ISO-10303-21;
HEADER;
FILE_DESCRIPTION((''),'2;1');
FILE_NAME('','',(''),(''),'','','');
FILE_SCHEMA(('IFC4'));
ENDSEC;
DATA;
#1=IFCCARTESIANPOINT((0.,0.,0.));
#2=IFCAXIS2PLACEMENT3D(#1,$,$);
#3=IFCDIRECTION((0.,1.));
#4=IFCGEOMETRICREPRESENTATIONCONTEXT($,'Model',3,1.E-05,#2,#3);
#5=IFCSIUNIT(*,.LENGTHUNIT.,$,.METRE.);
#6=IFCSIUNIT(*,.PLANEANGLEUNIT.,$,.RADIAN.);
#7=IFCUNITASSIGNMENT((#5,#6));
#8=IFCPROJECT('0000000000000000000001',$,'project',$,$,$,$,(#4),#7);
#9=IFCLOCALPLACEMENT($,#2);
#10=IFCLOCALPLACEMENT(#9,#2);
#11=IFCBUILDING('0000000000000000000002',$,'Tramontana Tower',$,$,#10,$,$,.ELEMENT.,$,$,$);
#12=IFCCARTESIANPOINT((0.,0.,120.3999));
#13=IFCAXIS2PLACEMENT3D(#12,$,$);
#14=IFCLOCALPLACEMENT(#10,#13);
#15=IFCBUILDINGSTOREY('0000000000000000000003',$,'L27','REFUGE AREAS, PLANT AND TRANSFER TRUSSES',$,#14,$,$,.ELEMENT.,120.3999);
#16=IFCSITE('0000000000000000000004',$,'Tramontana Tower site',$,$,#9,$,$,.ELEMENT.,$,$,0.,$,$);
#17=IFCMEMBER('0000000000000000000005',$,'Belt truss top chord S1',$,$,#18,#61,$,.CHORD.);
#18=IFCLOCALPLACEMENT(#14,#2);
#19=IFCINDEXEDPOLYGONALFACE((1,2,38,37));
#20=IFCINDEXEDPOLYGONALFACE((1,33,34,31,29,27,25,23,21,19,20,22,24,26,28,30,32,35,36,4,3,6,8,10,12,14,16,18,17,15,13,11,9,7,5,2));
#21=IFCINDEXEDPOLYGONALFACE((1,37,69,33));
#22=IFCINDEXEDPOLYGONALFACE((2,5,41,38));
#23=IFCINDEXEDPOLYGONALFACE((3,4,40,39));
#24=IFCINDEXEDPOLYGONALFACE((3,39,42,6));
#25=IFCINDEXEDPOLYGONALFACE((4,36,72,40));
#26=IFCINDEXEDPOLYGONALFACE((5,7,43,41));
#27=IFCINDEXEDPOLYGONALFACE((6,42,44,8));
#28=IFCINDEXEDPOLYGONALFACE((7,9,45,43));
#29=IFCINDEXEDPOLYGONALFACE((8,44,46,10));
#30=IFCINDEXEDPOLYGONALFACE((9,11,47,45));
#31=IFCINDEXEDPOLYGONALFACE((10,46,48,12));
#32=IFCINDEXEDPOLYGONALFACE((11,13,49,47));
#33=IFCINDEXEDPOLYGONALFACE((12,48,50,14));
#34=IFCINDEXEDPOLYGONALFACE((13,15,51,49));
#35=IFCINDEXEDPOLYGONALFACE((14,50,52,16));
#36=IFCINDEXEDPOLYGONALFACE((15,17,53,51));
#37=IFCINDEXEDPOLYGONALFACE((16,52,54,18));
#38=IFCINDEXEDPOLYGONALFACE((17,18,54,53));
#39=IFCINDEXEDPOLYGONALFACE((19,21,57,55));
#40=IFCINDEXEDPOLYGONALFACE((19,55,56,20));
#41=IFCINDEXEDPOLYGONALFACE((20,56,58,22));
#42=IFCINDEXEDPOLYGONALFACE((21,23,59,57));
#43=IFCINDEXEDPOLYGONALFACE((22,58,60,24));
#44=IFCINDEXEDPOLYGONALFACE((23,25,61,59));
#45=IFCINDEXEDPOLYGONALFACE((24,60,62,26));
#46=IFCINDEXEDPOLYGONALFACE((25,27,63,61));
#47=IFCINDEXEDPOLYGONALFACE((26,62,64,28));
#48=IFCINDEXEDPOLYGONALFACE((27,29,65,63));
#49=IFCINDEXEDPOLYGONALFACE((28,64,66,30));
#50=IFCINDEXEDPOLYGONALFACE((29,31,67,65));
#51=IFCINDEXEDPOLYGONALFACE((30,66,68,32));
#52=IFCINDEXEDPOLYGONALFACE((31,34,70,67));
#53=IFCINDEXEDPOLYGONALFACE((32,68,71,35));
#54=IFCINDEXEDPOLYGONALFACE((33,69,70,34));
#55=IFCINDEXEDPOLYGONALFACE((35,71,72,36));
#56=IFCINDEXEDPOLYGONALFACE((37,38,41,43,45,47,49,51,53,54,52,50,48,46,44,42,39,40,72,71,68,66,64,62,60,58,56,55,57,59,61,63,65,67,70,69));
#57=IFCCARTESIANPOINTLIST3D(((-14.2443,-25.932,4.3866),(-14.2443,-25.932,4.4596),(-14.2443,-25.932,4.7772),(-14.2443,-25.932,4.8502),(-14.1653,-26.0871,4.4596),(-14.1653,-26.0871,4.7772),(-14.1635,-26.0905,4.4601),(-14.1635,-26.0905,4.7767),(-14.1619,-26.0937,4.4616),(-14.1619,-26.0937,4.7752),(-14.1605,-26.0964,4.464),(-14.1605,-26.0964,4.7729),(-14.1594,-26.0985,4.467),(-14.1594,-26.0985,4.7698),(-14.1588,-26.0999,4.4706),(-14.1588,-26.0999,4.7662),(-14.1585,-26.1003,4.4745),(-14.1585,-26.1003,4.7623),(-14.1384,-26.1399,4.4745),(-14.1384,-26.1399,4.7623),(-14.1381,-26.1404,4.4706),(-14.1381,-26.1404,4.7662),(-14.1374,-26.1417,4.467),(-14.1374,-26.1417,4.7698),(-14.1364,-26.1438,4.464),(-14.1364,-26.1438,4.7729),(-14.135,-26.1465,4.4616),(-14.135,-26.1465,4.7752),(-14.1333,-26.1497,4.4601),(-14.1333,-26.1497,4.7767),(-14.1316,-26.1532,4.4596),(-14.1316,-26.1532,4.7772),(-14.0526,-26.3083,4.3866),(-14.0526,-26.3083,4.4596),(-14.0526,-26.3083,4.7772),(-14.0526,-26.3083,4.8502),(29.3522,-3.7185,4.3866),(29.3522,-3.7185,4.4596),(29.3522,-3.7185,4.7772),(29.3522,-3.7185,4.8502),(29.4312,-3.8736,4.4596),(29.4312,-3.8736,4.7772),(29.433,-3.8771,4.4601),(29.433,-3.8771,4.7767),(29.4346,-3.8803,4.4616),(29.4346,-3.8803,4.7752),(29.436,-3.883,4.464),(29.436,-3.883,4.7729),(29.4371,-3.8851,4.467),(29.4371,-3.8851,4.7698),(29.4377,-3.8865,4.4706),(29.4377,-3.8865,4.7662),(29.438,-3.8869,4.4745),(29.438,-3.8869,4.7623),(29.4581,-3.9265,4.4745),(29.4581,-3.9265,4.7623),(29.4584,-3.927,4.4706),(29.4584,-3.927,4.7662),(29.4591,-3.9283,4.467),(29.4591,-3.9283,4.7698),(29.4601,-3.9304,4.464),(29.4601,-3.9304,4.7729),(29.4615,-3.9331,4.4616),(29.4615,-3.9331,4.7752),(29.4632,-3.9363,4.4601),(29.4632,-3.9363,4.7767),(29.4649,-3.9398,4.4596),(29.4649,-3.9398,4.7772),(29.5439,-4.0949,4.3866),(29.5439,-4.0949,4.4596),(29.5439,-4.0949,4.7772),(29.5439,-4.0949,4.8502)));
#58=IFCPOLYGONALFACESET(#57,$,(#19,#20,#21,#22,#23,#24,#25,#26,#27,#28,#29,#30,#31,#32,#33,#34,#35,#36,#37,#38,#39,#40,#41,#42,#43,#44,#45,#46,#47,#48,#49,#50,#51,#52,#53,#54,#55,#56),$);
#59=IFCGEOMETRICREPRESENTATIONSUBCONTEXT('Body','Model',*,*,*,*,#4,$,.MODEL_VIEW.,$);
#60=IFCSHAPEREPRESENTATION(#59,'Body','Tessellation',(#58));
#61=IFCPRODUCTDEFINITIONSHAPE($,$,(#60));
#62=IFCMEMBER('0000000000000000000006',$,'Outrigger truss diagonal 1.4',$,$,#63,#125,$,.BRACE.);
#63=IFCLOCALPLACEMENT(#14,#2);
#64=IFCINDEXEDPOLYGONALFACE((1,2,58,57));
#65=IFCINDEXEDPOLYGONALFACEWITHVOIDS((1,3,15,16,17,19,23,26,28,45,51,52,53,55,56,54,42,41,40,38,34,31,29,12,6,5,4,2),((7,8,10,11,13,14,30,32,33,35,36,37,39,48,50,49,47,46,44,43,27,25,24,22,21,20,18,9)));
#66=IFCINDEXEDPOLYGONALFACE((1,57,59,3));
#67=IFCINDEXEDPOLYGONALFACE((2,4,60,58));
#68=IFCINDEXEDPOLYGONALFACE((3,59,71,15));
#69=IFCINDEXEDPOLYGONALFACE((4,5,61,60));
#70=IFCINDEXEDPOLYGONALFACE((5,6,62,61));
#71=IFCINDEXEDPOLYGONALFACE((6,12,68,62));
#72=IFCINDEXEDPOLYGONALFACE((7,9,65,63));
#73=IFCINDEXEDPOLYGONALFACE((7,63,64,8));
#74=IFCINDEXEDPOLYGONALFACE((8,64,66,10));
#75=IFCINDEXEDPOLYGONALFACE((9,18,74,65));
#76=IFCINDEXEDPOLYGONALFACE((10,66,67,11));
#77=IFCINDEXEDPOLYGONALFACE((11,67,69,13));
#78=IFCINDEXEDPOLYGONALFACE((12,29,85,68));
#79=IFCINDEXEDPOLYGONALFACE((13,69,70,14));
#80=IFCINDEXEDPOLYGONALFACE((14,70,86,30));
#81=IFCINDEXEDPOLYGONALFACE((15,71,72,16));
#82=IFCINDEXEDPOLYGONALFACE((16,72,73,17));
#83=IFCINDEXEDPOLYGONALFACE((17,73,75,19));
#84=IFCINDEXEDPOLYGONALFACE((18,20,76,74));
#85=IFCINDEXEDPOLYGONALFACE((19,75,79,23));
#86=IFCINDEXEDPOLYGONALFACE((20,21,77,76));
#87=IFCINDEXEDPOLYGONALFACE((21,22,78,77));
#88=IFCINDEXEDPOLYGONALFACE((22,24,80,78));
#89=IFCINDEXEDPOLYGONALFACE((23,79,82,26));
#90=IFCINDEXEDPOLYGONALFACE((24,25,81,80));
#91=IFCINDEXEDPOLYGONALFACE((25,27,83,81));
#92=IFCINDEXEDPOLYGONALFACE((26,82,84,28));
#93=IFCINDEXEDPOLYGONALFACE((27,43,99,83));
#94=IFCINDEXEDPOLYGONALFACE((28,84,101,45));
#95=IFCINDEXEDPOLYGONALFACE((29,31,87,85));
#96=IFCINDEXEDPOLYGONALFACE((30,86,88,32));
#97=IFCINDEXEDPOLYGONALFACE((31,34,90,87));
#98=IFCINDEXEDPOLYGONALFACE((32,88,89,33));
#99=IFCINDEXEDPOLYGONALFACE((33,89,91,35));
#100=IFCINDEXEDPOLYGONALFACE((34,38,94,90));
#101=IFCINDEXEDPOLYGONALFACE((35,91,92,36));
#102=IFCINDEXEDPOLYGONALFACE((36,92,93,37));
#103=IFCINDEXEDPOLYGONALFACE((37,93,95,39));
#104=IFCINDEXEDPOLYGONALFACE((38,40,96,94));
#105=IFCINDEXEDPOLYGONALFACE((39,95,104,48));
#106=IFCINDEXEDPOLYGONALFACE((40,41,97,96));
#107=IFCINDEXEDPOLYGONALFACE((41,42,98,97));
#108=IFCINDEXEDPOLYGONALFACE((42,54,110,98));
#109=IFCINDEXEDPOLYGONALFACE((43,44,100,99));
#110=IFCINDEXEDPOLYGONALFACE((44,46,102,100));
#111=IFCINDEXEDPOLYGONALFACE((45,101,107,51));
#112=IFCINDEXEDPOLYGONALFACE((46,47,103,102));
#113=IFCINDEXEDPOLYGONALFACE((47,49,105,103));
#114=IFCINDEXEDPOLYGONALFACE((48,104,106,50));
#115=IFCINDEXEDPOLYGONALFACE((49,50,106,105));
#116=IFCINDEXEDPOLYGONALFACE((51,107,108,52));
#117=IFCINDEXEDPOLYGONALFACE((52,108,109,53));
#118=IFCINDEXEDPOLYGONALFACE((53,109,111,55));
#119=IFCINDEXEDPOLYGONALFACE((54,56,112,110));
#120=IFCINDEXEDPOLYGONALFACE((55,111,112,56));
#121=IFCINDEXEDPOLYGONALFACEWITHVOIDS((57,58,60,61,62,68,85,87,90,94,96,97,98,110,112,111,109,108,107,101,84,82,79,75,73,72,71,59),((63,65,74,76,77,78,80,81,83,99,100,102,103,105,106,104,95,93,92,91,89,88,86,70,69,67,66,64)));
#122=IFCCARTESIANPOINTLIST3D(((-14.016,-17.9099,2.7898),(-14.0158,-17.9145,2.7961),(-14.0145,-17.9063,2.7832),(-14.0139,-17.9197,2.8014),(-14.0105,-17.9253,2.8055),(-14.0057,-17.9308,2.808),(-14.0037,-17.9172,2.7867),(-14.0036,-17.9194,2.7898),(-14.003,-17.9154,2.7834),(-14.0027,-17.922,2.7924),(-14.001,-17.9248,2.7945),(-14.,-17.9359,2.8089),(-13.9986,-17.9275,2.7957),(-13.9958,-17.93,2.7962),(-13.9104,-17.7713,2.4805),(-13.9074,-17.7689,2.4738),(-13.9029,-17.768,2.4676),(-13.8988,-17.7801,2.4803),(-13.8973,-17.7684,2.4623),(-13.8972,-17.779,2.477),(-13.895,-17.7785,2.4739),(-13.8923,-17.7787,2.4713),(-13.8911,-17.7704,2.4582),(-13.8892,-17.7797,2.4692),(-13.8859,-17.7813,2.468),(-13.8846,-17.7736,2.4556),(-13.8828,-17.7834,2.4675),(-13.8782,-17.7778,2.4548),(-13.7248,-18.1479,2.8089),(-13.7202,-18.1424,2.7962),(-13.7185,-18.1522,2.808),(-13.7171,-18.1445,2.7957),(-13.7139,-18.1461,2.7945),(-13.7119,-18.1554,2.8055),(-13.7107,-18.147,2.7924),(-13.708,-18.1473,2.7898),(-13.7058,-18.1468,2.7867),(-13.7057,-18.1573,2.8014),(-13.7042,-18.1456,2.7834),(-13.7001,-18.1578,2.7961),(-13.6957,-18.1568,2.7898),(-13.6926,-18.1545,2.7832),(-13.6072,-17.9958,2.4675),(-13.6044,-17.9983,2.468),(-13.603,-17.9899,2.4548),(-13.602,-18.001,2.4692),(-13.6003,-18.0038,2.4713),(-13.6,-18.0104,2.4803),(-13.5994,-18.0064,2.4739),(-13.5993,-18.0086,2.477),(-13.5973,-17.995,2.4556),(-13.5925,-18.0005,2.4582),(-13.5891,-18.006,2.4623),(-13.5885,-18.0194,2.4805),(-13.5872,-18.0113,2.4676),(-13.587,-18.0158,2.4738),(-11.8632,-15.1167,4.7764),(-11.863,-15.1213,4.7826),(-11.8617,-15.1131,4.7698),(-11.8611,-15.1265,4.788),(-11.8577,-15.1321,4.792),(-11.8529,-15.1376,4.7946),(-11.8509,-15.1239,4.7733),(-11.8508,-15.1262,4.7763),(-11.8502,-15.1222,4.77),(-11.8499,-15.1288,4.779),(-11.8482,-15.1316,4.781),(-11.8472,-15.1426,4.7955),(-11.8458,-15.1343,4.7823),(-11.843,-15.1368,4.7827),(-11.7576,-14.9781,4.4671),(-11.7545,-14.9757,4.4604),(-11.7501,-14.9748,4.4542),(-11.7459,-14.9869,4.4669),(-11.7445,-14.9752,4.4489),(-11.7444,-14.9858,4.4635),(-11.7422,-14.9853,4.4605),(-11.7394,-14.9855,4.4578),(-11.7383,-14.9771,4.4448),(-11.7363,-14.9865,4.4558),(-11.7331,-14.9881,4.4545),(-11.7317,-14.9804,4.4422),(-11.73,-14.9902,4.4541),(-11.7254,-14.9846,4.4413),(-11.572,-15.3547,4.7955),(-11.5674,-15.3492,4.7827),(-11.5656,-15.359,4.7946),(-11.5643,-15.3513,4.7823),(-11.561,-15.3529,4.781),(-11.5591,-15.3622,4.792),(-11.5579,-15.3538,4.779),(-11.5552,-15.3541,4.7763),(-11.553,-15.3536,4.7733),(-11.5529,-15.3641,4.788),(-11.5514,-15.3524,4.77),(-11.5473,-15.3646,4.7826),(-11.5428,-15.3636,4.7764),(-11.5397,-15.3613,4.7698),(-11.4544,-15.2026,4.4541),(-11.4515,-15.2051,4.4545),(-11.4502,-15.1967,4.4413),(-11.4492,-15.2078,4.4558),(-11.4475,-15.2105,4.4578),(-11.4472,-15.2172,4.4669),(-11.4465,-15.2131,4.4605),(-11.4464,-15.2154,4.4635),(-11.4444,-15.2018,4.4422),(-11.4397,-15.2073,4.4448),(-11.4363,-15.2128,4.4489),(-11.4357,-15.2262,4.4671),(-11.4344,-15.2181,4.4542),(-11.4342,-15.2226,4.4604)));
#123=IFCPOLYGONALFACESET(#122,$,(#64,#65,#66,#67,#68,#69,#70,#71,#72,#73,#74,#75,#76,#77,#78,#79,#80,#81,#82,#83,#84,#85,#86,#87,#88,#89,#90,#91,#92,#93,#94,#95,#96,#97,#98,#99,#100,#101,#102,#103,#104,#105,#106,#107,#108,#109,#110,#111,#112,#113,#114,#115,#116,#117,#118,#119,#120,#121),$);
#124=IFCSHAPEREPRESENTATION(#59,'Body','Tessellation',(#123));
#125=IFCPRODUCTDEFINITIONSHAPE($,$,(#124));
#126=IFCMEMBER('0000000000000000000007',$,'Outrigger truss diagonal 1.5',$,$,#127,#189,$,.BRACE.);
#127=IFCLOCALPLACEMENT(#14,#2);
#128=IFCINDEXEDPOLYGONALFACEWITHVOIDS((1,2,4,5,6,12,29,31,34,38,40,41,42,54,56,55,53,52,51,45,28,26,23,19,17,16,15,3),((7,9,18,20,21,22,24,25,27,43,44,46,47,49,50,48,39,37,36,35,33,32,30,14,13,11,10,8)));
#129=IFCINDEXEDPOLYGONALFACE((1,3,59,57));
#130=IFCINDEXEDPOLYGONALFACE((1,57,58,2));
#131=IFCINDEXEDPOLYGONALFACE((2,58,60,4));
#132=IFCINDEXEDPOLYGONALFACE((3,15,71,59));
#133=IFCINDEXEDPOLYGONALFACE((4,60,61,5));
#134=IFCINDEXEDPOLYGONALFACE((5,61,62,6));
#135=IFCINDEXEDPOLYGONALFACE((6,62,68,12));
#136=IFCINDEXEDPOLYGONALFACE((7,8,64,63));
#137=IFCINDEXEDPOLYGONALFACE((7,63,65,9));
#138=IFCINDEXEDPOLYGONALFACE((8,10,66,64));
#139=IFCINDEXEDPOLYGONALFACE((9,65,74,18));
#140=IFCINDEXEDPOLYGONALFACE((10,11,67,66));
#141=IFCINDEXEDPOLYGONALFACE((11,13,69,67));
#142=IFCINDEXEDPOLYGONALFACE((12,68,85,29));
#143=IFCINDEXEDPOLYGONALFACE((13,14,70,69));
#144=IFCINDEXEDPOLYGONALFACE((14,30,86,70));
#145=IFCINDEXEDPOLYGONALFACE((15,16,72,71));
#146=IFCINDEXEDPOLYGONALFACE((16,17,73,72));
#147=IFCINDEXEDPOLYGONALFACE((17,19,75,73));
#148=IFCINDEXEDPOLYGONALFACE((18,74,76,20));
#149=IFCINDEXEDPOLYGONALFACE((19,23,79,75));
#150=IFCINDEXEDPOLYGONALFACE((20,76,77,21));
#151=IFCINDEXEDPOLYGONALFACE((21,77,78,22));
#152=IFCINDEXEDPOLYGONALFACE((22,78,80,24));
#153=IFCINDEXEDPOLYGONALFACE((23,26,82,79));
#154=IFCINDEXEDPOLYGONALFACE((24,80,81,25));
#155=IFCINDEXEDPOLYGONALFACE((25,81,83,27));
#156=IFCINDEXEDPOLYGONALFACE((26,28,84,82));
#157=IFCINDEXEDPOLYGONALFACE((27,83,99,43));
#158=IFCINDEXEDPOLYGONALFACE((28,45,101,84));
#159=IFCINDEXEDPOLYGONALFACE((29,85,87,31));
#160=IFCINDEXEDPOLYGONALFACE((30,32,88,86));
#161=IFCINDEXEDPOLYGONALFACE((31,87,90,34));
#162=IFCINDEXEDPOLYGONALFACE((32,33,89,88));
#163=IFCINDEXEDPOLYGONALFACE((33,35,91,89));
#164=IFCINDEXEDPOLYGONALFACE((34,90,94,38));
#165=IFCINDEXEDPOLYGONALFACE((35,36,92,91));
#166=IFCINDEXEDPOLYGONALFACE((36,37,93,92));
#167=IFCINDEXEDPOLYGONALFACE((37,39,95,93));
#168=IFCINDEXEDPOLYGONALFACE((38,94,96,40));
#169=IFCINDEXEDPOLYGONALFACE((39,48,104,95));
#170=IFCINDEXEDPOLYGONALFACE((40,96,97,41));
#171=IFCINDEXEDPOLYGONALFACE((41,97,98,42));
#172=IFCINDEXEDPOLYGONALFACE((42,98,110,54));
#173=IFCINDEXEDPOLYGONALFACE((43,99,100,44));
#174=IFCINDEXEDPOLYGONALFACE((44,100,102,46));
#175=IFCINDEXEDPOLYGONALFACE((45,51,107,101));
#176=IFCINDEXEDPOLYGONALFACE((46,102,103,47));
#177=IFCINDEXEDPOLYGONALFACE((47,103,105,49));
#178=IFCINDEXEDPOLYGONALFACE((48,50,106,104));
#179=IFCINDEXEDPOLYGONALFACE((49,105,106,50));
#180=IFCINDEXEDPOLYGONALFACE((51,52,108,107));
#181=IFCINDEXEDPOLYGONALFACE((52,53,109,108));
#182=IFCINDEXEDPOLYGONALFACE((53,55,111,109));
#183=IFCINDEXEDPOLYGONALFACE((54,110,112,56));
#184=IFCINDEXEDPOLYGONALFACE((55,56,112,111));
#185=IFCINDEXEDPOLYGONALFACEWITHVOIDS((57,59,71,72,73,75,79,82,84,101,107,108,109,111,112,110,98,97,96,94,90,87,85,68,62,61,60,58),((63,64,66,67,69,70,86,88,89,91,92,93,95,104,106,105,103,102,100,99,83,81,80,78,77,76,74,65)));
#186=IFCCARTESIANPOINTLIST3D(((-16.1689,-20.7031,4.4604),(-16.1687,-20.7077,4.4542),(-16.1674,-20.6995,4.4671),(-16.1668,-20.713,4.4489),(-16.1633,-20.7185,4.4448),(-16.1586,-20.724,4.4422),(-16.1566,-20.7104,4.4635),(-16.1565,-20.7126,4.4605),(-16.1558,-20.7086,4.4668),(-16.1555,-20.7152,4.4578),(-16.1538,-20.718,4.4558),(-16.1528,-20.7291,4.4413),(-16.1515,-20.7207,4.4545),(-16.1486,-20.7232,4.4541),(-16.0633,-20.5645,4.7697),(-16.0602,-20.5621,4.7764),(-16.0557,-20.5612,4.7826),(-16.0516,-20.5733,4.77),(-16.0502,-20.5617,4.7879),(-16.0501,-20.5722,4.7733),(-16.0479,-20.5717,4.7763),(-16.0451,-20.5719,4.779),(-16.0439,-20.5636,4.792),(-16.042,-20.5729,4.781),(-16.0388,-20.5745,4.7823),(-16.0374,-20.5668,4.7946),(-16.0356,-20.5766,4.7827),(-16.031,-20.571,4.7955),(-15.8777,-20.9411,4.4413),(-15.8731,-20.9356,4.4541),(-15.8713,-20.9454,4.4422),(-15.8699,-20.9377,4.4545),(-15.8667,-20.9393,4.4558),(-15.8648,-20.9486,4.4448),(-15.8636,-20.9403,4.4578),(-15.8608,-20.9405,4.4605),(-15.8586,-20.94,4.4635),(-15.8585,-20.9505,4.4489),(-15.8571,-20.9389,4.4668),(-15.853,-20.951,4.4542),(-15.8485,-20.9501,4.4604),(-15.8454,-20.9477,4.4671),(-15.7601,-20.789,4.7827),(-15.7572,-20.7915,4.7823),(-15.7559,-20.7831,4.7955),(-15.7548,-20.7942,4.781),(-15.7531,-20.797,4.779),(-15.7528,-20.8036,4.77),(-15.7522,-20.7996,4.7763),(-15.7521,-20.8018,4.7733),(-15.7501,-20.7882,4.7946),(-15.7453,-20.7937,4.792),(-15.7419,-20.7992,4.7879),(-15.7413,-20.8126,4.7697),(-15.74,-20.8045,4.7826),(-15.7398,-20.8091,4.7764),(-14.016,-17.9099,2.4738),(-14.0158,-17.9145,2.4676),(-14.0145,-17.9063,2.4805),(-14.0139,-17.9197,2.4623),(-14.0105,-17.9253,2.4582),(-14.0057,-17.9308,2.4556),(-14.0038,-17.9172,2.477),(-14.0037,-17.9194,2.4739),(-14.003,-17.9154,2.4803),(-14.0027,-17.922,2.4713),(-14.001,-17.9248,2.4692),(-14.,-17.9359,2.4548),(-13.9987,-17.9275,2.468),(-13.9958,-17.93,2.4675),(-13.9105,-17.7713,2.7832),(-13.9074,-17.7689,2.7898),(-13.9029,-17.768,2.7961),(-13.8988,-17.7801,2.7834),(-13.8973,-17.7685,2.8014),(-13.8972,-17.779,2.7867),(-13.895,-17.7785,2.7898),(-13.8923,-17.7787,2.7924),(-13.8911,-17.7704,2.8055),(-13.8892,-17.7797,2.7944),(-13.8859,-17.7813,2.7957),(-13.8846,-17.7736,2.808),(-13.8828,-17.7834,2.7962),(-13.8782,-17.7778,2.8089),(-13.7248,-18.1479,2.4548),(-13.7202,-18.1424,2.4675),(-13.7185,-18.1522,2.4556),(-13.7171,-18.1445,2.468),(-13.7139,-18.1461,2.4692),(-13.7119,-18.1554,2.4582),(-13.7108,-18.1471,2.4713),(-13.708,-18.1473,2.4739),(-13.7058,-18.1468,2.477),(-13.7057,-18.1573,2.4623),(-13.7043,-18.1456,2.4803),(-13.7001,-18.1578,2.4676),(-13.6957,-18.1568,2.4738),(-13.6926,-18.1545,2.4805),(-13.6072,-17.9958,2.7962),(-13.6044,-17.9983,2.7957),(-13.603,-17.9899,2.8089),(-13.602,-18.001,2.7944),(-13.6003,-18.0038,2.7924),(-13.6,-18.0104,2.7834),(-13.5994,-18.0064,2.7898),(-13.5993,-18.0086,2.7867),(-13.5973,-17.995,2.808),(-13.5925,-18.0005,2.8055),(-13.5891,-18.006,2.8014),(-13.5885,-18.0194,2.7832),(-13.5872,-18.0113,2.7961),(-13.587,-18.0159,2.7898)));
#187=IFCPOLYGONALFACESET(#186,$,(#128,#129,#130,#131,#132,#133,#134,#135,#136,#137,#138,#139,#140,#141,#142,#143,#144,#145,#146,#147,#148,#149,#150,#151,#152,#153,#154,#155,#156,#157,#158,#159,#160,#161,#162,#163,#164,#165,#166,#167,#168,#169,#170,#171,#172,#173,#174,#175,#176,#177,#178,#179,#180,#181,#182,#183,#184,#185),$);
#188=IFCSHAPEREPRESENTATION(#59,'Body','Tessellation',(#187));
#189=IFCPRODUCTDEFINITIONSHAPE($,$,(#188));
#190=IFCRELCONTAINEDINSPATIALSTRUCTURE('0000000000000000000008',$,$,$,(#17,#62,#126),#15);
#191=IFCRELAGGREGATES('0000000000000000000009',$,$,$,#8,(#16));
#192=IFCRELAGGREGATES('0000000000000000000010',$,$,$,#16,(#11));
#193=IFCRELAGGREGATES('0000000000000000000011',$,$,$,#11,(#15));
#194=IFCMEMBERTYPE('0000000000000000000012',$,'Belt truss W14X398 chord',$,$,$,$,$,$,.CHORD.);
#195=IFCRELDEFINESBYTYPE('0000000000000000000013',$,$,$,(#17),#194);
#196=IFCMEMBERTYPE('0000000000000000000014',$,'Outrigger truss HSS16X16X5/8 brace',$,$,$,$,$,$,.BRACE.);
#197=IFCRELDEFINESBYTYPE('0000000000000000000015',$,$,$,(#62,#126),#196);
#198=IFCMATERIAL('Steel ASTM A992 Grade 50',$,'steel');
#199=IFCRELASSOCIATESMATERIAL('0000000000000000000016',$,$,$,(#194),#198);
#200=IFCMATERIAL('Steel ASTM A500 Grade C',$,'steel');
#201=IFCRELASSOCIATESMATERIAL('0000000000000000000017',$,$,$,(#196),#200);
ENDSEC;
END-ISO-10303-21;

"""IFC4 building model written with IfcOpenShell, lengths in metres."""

from ifc_helpers import new_model, si_unit, direction, frame, origin, origin_2d, place, context, subcontext, project, spatial, hollow_rectangle, i_section, extrude, material, material_profile, profile_set, type_object, element, save


model = new_model("IFC4")

# Units and contexts
model_context = context("Model", 3, precision=1e-05, world=origin(), true_north=direction((0.0, 1.0)))
body_context = subcontext(model_context, "Body", "Model", "MODEL_VIEW")
ifc_project = project(units=[si_unit("LENGTHUNIT", "METRE"), si_unit("PLANEANGLEUNIT", "RADIAN")], contexts=[model_context])

# Site, building, storey
site_placement = place(None, origin())
site = spatial("IfcSite", under=ifc_project, at=site_placement, Name="Tramontana Tower site", CompositionType="ELEMENT", RefElevation=0.0)
building_placement = place(site_placement, origin())
building = spatial("IfcBuilding", under=site, at=building_placement, Name="Tramontana Tower", CompositionType="ELEMENT")
storey_placement = place(building_placement, frame((0.0, 0.0, 120.3999)))
storey = spatial("IfcBuildingStorey", under=building, at=storey_placement, Name="L27", Description="REFUGE AREAS, PLANT AND TRANSFER TRUSSES", CompositionType="ELEMENT", Elevation=120.3999)

# Members
ifc_material_1 = material(Name="Steel ASTM A992 Grade 50", Category="steel")
ifc_material_profile_1 = material_profile(ifc_material_1, i_section(OverallWidth=0.4224, OverallDepth=0.4636, WebThickness=0.0444, FlangeThickness=0.073, FilletRadius=0.0149, at=origin_2d()), Name="W14X398")
ifc_profile_set_1 = profile_set([ifc_material_profile_1], Name="Steel ASTM A992 Grade 50")
member_type_1 = type_object("IfcMemberType", Name="Belt truss W14X398 chord", PredefinedType="CHORD", material=ifc_profile_set_1)
for number, where, z_axis, x_axis, name in (
    (1, (-14.1484, -26.1201, 4.6184), (0.891007, 0.453989, 0.0), (-0.453989, 0.891007, 0.0), "Belt truss top chord S1"),
):
    element("IfcMember", number, at=place(storey_placement, frame(where, z_axis=z_axis, x_axis=x_axis)), inside=storey, type_object=member_type_1, Name=name, PredefinedType="CHORD", context=body_context, shape_type="SweptSolid", body=[
        extrude(i_section(OverallWidth=0.4224, OverallDepth=0.4636, WebThickness=0.0444, FlangeThickness=0.073, FilletRadius=0.0149, at=origin_2d()), origin(), (0.0, 0.0, 1.0), 48.9294),
    ])
ifc_material_2 = material(Name="Steel ASTM A500 Grade C", Category="steel")
ifc_material_profile_2 = material_profile(ifc_material_2, hollow_rectangle(XDim=0.4065, YDim=0.4065, WallThickness=0.0146, InnerFilletRadius=0.0146, OuterFilletRadius=0.0295, at=origin_2d()), Name="HSS16X16X5/8")
ifc_profile_set_2 = profile_set([ifc_material_profile_2], Name="Steel ASTM A500 Grade C")
member_type_2 = type_object("IfcMemberType", Name="Outrigger truss HSS16X16X5/8 brace", PredefinedType="BRACE", material=ifc_profile_set_2)
for number, where, z_axis, x_axis, name in (
    (2, (-11.6487, -15.1697, 4.6184), (-0.531877, -0.690088, -0.490801), (0.792047, -0.61046, 0.0), "Outrigger truss diagonal 1.4"),
    (3, (-13.8015, -17.9629, 2.6318), (-0.531877, -0.690088, 0.490801), (0.792047, -0.61046, 0.0), "Outrigger truss diagonal 1.5"),
):
    element("IfcMember", number, at=place(storey_placement, frame(where, z_axis=z_axis, x_axis=x_axis)), inside=storey, type_object=member_type_2, Name=name, PredefinedType="BRACE", context=body_context, shape_type="SweptSolid", body=[
        extrude(hollow_rectangle(XDim=0.4065, YDim=0.4065, WallThickness=0.0146, InnerFilletRadius=0.0146, OuterFilletRadius=0.0295, at=origin_2d()), origin(), (0.0, 0.0, 1.0), 4.0476),
    ])

save(model, "model.ifc")
